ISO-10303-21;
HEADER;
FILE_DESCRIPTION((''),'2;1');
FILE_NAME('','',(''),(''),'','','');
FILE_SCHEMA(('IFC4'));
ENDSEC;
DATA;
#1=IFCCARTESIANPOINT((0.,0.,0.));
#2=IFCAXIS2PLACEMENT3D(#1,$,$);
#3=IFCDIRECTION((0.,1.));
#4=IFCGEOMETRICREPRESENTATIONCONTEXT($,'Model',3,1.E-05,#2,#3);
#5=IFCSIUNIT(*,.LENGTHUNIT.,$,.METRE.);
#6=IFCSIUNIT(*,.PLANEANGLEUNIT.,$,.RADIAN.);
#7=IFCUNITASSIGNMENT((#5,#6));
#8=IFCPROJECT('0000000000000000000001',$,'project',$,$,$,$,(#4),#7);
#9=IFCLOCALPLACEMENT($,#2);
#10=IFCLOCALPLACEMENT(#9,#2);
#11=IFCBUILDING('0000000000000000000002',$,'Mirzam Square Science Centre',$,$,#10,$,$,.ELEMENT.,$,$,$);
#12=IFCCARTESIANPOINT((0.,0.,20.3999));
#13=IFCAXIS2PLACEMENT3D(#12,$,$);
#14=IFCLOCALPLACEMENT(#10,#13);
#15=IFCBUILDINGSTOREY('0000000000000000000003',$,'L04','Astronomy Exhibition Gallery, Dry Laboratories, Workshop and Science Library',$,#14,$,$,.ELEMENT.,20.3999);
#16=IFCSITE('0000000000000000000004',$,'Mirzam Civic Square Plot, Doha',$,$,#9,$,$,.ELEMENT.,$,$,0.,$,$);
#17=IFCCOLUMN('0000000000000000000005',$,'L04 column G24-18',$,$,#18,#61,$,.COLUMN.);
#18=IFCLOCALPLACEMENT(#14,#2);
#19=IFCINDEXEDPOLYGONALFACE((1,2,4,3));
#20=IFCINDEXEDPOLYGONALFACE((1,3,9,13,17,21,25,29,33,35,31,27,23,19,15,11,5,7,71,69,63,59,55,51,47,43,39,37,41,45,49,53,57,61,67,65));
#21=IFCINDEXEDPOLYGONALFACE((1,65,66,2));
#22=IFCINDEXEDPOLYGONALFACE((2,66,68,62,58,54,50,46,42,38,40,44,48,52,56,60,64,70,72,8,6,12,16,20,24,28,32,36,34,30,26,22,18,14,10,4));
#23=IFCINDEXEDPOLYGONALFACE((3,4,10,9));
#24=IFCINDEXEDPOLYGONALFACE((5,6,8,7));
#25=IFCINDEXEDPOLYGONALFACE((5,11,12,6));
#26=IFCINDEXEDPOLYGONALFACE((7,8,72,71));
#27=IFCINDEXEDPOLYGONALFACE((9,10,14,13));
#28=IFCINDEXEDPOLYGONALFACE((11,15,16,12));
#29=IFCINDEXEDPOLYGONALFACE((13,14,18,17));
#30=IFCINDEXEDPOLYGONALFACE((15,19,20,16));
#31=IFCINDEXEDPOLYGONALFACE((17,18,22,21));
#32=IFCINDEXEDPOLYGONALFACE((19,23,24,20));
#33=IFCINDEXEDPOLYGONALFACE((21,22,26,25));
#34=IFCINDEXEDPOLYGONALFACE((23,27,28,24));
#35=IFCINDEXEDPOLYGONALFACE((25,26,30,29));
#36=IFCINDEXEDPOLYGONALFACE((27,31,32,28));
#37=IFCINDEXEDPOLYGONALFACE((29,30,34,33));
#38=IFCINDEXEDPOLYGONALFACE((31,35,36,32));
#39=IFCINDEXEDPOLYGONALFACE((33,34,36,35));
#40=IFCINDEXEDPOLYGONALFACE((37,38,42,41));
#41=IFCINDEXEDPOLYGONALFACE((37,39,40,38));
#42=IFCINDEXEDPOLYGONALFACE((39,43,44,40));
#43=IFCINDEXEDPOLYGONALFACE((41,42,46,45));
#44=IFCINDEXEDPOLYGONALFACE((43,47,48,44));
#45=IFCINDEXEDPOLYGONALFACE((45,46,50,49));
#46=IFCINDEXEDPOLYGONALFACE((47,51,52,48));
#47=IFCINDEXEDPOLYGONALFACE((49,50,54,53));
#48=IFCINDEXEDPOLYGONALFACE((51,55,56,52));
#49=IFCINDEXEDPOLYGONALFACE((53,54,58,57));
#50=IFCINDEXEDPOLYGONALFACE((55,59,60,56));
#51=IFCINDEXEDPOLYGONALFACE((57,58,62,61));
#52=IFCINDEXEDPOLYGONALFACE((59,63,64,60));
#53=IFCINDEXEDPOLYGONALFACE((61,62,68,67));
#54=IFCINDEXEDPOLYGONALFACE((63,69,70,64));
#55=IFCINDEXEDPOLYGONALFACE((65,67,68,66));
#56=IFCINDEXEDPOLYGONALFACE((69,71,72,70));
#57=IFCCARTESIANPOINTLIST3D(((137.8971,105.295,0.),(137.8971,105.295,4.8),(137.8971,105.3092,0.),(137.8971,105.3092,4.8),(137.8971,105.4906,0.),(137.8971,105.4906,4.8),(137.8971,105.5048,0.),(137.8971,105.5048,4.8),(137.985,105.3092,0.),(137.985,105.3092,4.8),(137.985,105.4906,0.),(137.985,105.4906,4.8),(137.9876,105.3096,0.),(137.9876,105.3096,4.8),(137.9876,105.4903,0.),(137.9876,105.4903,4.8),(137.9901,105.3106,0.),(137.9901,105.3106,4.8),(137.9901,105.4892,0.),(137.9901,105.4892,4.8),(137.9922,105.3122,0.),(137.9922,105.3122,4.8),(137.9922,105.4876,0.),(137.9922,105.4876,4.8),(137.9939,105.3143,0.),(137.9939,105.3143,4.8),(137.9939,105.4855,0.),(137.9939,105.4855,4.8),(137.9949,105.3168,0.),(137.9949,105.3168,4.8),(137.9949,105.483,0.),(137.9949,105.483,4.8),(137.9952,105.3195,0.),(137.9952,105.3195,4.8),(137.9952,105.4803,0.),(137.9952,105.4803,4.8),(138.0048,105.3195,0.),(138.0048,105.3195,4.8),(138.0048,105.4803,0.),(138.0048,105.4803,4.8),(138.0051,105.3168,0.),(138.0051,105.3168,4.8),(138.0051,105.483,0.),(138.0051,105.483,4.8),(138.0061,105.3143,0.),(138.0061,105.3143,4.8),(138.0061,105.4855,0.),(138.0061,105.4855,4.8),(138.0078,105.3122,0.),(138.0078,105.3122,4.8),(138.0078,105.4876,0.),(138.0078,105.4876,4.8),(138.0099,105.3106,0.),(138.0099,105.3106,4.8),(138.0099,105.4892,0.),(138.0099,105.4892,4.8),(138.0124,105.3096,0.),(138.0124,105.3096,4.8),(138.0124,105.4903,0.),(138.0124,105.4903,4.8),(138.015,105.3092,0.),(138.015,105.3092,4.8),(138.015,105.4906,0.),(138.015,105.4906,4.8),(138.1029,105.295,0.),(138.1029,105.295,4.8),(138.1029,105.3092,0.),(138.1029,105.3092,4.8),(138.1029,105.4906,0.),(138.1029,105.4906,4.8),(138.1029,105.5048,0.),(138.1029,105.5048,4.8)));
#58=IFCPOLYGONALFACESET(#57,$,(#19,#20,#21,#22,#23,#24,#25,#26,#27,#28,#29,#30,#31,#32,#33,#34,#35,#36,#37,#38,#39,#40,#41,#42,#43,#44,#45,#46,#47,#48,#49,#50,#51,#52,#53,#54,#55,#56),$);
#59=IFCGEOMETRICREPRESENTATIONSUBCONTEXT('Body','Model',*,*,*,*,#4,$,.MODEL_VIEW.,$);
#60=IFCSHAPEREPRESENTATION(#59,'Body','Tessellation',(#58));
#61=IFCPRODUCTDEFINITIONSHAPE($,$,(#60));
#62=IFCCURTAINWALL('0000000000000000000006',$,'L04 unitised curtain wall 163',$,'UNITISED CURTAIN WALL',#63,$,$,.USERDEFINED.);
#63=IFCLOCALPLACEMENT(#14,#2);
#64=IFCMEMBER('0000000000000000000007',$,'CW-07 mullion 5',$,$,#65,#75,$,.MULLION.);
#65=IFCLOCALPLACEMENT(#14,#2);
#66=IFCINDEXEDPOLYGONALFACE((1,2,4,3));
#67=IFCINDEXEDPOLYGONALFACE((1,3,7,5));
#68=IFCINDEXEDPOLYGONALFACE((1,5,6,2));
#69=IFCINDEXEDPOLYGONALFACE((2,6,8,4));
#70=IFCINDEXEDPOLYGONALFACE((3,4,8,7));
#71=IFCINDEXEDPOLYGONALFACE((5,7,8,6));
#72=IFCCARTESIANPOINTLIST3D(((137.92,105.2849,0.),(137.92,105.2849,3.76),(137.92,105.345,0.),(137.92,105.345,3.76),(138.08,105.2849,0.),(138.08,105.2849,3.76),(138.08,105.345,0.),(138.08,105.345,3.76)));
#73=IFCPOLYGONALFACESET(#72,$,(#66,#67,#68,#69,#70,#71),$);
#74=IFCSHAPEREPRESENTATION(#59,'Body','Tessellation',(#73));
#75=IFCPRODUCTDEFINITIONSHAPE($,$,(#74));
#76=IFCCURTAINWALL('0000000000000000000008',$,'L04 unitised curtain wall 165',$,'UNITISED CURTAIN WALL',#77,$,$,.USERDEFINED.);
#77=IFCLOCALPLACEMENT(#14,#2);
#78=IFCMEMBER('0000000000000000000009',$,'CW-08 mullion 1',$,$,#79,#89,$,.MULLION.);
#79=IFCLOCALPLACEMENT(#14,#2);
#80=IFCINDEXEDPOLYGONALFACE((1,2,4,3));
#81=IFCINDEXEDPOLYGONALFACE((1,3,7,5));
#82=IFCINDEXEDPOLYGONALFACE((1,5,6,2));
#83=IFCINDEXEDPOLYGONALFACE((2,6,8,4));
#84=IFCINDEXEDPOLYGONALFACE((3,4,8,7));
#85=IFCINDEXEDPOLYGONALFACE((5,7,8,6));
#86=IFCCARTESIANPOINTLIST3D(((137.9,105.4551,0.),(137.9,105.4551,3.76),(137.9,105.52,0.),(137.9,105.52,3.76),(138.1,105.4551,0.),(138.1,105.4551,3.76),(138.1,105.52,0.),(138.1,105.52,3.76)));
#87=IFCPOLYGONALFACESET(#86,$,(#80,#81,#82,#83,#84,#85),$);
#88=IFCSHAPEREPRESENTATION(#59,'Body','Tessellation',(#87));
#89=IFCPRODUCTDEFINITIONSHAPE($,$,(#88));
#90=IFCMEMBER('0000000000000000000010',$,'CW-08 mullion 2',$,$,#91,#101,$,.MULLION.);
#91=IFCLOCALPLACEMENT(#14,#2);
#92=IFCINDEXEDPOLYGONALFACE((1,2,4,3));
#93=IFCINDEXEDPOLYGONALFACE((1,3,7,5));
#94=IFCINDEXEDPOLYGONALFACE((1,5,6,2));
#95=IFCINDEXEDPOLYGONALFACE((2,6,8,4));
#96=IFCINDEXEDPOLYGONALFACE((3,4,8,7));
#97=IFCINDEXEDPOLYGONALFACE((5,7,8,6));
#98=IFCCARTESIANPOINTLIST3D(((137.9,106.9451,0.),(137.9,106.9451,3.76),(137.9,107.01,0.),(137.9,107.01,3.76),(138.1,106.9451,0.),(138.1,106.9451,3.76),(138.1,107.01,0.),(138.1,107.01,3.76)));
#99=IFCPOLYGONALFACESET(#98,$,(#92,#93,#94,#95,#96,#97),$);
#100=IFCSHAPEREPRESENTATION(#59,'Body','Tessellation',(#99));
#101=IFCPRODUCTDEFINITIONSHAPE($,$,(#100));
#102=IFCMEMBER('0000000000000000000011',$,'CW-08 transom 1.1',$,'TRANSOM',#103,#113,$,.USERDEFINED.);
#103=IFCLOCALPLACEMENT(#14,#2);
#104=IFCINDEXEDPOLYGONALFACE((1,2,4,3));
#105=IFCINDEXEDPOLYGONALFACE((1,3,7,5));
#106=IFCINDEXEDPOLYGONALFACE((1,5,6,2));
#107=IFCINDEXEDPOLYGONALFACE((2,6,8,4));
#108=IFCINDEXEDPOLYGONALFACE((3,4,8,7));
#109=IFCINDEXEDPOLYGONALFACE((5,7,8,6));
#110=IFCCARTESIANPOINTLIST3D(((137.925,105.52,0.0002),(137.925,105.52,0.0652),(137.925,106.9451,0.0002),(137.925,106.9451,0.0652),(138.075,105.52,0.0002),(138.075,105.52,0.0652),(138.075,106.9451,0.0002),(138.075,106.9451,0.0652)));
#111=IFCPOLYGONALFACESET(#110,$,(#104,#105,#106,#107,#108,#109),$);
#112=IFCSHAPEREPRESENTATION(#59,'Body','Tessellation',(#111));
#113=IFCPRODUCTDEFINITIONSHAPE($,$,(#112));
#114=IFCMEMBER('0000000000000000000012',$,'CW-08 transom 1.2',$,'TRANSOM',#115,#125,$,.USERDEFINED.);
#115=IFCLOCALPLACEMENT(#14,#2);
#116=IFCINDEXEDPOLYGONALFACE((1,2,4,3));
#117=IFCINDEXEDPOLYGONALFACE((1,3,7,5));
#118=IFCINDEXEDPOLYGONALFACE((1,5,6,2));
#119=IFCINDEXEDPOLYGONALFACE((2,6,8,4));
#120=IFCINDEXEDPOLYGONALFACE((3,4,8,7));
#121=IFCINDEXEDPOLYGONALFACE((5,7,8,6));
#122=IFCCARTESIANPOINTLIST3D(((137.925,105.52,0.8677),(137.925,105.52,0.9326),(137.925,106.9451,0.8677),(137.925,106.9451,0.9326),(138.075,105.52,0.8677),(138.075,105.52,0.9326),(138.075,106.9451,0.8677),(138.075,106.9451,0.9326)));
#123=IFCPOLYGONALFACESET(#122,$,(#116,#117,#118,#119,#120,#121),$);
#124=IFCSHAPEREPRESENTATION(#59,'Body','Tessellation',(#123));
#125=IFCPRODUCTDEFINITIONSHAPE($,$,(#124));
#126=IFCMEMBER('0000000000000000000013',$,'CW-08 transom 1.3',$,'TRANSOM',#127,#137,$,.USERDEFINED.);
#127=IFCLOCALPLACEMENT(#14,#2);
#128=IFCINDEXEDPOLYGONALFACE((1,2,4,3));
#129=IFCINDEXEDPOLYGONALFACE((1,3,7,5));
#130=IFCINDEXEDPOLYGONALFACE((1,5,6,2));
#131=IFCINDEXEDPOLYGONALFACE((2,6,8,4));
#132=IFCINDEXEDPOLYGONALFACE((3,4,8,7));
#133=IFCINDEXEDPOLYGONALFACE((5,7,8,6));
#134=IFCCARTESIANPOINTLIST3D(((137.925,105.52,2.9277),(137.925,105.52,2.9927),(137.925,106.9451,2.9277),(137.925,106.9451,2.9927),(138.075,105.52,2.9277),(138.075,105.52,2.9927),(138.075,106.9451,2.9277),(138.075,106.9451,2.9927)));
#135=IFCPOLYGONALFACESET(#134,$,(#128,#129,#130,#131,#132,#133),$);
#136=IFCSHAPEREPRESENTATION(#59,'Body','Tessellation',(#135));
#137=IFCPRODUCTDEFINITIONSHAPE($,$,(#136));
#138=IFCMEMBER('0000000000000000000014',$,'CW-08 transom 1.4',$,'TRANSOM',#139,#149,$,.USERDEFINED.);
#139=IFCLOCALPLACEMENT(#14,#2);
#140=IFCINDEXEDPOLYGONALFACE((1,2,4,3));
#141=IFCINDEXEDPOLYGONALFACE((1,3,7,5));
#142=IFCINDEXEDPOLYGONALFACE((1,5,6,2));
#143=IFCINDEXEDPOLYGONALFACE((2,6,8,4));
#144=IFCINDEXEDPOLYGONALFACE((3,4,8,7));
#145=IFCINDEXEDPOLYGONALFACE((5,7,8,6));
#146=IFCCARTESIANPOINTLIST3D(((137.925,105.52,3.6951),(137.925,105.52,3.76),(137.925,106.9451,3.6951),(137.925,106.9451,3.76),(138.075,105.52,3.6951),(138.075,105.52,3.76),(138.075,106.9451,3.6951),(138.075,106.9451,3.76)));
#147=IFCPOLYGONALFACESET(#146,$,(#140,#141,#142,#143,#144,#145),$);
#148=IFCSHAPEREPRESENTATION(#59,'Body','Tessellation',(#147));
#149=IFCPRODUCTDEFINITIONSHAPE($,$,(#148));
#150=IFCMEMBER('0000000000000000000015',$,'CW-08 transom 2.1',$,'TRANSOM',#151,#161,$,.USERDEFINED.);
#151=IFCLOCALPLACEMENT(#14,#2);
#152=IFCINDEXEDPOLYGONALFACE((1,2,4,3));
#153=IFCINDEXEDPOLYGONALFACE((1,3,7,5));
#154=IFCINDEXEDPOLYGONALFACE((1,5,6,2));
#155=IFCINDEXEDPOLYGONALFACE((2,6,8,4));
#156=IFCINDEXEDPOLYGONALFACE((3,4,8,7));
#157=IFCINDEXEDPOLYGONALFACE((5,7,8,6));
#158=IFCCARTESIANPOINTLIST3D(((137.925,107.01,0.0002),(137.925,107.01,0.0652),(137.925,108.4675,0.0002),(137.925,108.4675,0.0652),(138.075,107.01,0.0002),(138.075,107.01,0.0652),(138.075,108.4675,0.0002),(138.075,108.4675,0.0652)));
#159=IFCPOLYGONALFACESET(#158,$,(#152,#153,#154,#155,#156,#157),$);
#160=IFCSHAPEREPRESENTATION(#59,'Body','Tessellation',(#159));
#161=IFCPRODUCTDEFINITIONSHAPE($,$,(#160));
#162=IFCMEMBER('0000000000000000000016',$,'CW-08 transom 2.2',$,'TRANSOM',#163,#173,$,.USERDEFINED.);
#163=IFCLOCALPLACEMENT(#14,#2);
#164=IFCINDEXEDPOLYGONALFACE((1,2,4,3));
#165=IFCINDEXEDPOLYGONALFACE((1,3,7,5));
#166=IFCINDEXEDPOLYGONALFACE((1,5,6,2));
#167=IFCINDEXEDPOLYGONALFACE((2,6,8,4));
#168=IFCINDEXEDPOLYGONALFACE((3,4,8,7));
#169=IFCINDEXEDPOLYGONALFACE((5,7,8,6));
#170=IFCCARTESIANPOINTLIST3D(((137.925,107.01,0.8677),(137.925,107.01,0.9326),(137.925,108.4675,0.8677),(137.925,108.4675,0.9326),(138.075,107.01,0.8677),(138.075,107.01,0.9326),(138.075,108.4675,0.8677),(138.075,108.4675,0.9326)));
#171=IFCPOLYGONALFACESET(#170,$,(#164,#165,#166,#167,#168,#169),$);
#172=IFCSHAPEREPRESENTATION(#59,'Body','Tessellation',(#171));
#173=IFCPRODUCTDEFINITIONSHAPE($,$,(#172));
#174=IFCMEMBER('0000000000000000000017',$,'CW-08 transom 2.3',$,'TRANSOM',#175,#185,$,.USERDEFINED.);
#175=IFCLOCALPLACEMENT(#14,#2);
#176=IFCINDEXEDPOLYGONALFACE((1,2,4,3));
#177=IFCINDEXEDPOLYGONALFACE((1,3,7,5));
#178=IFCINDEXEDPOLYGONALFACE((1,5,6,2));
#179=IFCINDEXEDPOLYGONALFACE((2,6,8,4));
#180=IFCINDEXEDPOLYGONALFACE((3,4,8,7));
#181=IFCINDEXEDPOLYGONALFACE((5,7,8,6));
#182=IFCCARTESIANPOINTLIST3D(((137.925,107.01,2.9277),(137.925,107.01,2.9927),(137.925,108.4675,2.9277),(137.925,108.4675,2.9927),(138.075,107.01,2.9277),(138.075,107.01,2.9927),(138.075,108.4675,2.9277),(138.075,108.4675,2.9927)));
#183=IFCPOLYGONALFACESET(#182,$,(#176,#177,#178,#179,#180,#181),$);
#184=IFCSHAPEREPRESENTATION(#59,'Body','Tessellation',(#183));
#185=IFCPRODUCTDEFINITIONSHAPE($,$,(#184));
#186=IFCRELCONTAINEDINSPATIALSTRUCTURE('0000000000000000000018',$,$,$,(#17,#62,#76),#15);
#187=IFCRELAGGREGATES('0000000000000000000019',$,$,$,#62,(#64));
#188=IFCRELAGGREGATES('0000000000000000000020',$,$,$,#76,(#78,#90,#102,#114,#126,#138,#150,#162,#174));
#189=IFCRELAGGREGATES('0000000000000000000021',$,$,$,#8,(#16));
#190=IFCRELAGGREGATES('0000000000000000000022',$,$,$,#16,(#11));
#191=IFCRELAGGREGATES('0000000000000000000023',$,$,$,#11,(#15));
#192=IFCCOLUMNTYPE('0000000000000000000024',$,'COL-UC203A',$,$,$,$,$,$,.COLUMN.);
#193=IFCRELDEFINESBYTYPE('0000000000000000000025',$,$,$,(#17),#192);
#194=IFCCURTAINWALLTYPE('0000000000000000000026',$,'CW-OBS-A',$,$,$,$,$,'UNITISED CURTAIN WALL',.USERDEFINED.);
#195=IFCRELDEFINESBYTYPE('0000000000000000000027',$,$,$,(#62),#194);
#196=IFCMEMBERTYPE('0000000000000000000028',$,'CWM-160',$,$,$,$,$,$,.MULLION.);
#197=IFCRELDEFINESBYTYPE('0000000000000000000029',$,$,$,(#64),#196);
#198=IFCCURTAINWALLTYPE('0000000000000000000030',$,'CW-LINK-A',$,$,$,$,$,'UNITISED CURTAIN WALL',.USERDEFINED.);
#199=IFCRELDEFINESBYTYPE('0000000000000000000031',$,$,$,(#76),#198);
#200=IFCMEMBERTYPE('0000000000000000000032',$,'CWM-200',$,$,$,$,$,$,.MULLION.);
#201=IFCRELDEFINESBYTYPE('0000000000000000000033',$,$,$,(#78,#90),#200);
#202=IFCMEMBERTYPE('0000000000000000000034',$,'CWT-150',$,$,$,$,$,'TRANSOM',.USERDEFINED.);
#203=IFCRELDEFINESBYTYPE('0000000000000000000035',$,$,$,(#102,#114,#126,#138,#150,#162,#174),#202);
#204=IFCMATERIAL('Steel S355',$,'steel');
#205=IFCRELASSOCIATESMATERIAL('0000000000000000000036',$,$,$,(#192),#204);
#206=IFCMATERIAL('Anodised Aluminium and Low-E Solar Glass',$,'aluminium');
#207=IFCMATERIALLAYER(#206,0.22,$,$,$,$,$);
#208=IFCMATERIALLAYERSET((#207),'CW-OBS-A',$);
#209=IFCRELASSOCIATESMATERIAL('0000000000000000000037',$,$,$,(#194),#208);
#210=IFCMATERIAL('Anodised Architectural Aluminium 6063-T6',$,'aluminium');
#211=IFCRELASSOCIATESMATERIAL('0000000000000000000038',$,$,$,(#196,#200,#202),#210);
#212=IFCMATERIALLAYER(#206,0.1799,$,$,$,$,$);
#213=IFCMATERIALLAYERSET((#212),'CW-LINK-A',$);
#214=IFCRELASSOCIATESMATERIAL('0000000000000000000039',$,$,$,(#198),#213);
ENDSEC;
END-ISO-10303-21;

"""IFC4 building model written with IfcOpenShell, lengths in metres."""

from ifc_helpers import new_model, si_unit, direction, frame, origin, origin_2d, place, context, subcontext, project, spatial, rectangle, i_section, extrude, material, layer, layer_set, material_profile, profile_set, type_object, element, aggregate, save


model = new_model("IFC4")

# Units and contexts
model_context = context("Model", 3, precision=1e-05, world=origin(), true_north=direction((0.0, 1.0)))
body_context = subcontext(model_context, "Body", "Model", "MODEL_VIEW")
ifc_project = project(units=[si_unit("LENGTHUNIT", "METRE"), si_unit("PLANEANGLEUNIT", "RADIAN")], contexts=[model_context])

# Site, building, storey
site_placement = place(None, origin())
site = spatial("IfcSite", under=ifc_project, at=site_placement, Name="Mirzam Civic Square Plot, Doha", CompositionType="ELEMENT", RefElevation=0.0)
building_placement = place(site_placement, origin())
building = spatial("IfcBuilding", under=site, at=building_placement, Name="Mirzam Square Science Centre", CompositionType="ELEMENT")
storey_placement = place(building_placement, frame((0.0, 0.0, 20.3999)))
storey = spatial("IfcBuildingStorey", under=building, at=storey_placement, Name="L04", Description="Astronomy Exhibition Gallery, Dry Laboratories, Workshop and Science Library", CompositionType="ELEMENT", Elevation=20.3999)

# Column
ifc_material_1 = material(Name="Steel S355", Category="steel")
ifc_material_profile_1 = material_profile(ifc_material_1, i_section(OverallWidth=0.2058, OverallDepth=0.2097, WebThickness=0.0095, FlangeThickness=0.0142, FilletRadius=0.0103, at=origin_2d()), Name="203x203x60UC")
ifc_profile_set_1 = profile_set([ifc_material_profile_1], Name="Steel S355")
column_type = type_object("IfcColumnType", Name="COL-UC203A", PredefinedType="COLUMN", material=ifc_profile_set_1)
column_placement = place(storey_placement, frame((138.0, 105.3999, 0.0), z_axis=(0.0, 0.0, 1.0), x_axis=(1.0, 0.0, 0.0)))
element("IfcColumn", 1, at=column_placement, inside=storey, type_object=column_type, Name="L04 column G24-18", PredefinedType="COLUMN", context=body_context, shape_type="SweptSolid", body=[
    extrude(i_section(OverallWidth=0.2058, OverallDepth=0.2097, WebThickness=0.0095, FlangeThickness=0.0142, FilletRadius=0.0103, at=origin_2d()), origin(), (0.0, 0.0, 1.0), 4.8),
])

# Curtain wall, member
ifc_material_2 = material(Name="Anodised Aluminium and Low-E Solar Glass", Category="aluminium")
ifc_layer_1 = layer(ifc_material_2, 0.22)
ifc_layer_set_1 = layer_set([ifc_layer_1], Name="CW-OBS-A")
curtain_wall_type_1 = type_object("IfcCurtainWallType", Name="CW-OBS-A", ElementType="UNITISED CURTAIN WALL", PredefinedType="USERDEFINED", material=ifc_layer_set_1)
curtain_wall_1_placement = place(storey_placement, origin())
curtain_wall_1 = element("IfcCurtainWall", 2, at=curtain_wall_1_placement, inside=storey, type_object=curtain_wall_type_1, Name="L04 unitised curtain wall 163", ObjectType="UNITISED CURTAIN WALL", PredefinedType="USERDEFINED")
ifc_material_3 = material(Name="Anodised Architectural Aluminium 6063-T6", Category="aluminium")
ifc_material_profile_2 = material_profile(ifc_material_3, rectangle(XDim=0.0601, YDim=0.1599, at=origin_2d()), Name="ALU-MULL-160x60x4")
ifc_profile_set_2 = profile_set([ifc_material_profile_2], Name="Anodised Architectural Aluminium 6063-T6")
member_type_1 = type_object("IfcMemberType", Name="CWM-160", PredefinedType="MULLION", material=ifc_profile_set_2)
member_1_placement = place(storey_placement, frame((138.0, 105.3149, 0.0), z_axis=(0.0, 0.0, 1.0), x_axis=(0.0, 1.0, 0.0)))
member_1 = element("IfcMember", 3, at=member_1_placement, type_object=member_type_1, Name="CW-07 mullion 5", PredefinedType="MULLION", context=body_context, shape_type="SweptSolid", body=[
    extrude(rectangle(XDim=0.0601, YDim=0.1599, at=origin_2d()), origin(), (0.0, 0.0, 1.0), 3.76),
])

# Curtain wall, members
ifc_layer_2 = layer(ifc_material_2, 0.1799)
ifc_layer_set_2 = layer_set([ifc_layer_2], Name="CW-LINK-A")
curtain_wall_type_2 = type_object("IfcCurtainWallType", Name="CW-LINK-A", ElementType="UNITISED CURTAIN WALL", PredefinedType="USERDEFINED", material=ifc_layer_set_2)
curtain_wall_2_placement = place(storey_placement, origin())
curtain_wall_2 = element("IfcCurtainWall", 4, at=curtain_wall_2_placement, inside=storey, type_object=curtain_wall_type_2, Name="L04 unitised curtain wall 165", ObjectType="UNITISED CURTAIN WALL", PredefinedType="USERDEFINED")
ifc_material_profile_3 = material_profile(ifc_material_3, rectangle(XDim=0.0649, YDim=0.2, at=origin_2d()), Name="ALU-MULL-200x65x5")
ifc_profile_set_3 = profile_set([ifc_material_profile_3], Name="Anodised Architectural Aluminium 6063-T6")
member_type_2 = type_object("IfcMemberType", Name="CWM-200", PredefinedType="MULLION", material=ifc_profile_set_3)
member_2_placement = place(storey_placement, frame((138.0, 105.4875, 0.0), z_axis=(0.0, 0.0, 1.0), x_axis=(0.0, 1.0, 0.0)))
member_2 = element("IfcMember", 5, at=member_2_placement, type_object=member_type_2, Name="CW-08 mullion 1", PredefinedType="MULLION", context=body_context, shape_type="SweptSolid", body=[
    extrude(rectangle(XDim=0.0649, YDim=0.2, at=origin_2d()), origin(), (0.0, 0.0, 1.0), 3.76),
])
member_3_placement = place(storey_placement, frame((138.0, 106.9775, 0.0), z_axis=(0.0, 0.0, 1.0), x_axis=(0.0, 1.0, 0.0)))
member_3 = element("IfcMember", 6, at=member_3_placement, type_object=member_type_2, Name="CW-08 mullion 2", PredefinedType="MULLION", context=body_context, shape_type="SweptSolid", body=[
    extrude(rectangle(XDim=0.0649, YDim=0.2, at=origin_2d()), origin(), (0.0, 0.0, 1.0), 3.76),
])
ifc_material_profile_4 = material_profile(ifc_material_3, rectangle(XDim=0.1499, YDim=0.0649, at=origin_2d()), Name="ALU-TRAN-150x65x4")
ifc_profile_set_4 = profile_set([ifc_material_profile_4], Name="Anodised Architectural Aluminium 6063-T6")
member_type_3 = type_object("IfcMemberType", Name="CWT-150", ElementType="TRANSOM", PredefinedType="USERDEFINED", material=ifc_profile_set_4)
member_4_placement = place(storey_placement, frame((138.0, 105.52, 0.0327), z_axis=(0.0, 1.0, 0.0), x_axis=(-1.0, 0.0, 0.0)))
member_4 = element("IfcMember", 7, at=member_4_placement, type_object=member_type_3, Name="CW-08 transom 1.1", ObjectType="TRANSOM", PredefinedType="USERDEFINED", context=body_context, shape_type="SweptSolid", body=[
    extrude(rectangle(XDim=0.1499, YDim=0.0649, at=origin_2d()), origin(), (0.0, 0.0, 1.0), 1.425),
])
member_5_placement = place(storey_placement, frame((138.0, 105.52, 0.9001), z_axis=(0.0, 1.0, 0.0), x_axis=(-1.0, 0.0, 0.0)))
member_5 = element("IfcMember", 8, at=member_5_placement, type_object=member_type_3, Name="CW-08 transom 1.2", ObjectType="TRANSOM", PredefinedType="USERDEFINED", context=body_context, shape_type="SweptSolid", body=[
    extrude(rectangle(XDim=0.1499, YDim=0.0649, at=origin_2d()), origin(), (0.0, 0.0, 1.0), 1.425),
])
member_6_placement = place(storey_placement, frame((138.0, 105.52, 2.9602), z_axis=(0.0, 1.0, 0.0), x_axis=(-1.0, 0.0, 0.0)))
member_6 = element("IfcMember", 9, at=member_6_placement, type_object=member_type_3, Name="CW-08 transom 1.3", ObjectType="TRANSOM", PredefinedType="USERDEFINED", context=body_context, shape_type="SweptSolid", body=[
    extrude(rectangle(XDim=0.1499, YDim=0.0649, at=origin_2d()), origin(), (0.0, 0.0, 1.0), 1.425),
])
member_7_placement = place(storey_placement, frame((138.0, 105.52, 3.7275), z_axis=(0.0, 1.0, 0.0), x_axis=(-1.0, 0.0, 0.0)))
member_7 = element("IfcMember", 10, at=member_7_placement, type_object=member_type_3, Name="CW-08 transom 1.4", ObjectType="TRANSOM", PredefinedType="USERDEFINED", context=body_context, shape_type="SweptSolid", body=[
    extrude(rectangle(XDim=0.1499, YDim=0.0649, at=origin_2d()), origin(), (0.0, 0.0, 1.0), 1.425),
])
member_8_placement = place(storey_placement, frame((138.0, 107.01, 0.0327), z_axis=(0.0, 1.0, 0.0), x_axis=(-1.0, 0.0, 0.0)))
member_8 = element("IfcMember", 11, at=member_8_placement, type_object=member_type_3, Name="CW-08 transom 2.1", ObjectType="TRANSOM", PredefinedType="USERDEFINED", context=body_context, shape_type="SweptSolid", body=[
    extrude(rectangle(XDim=0.1499, YDim=0.0649, at=origin_2d()), origin(), (0.0, 0.0, 1.0), 1.4575),
])
member_9_placement = place(storey_placement, frame((138.0, 107.01, 0.9001), z_axis=(0.0, 1.0, 0.0), x_axis=(-1.0, 0.0, 0.0)))
member_9 = element("IfcMember", 12, at=member_9_placement, type_object=member_type_3, Name="CW-08 transom 2.2", ObjectType="TRANSOM", PredefinedType="USERDEFINED", context=body_context, shape_type="SweptSolid", body=[
    extrude(rectangle(XDim=0.1499, YDim=0.0649, at=origin_2d()), origin(), (0.0, 0.0, 1.0), 1.4575),
])
member_10_placement = place(storey_placement, frame((138.0, 107.01, 2.9602), z_axis=(0.0, 1.0, 0.0), x_axis=(-1.0, 0.0, 0.0)))
member_10 = element("IfcMember", 13, at=member_10_placement, type_object=member_type_3, Name="CW-08 transom 2.3", ObjectType="TRANSOM", PredefinedType="USERDEFINED", context=body_context, shape_type="SweptSolid", body=[
    extrude(rectangle(XDim=0.1499, YDim=0.0649, at=origin_2d()), origin(), (0.0, 0.0, 1.0), 1.4575),
])

aggregate(curtain_wall_1, [member_1])
aggregate(curtain_wall_2, [member_2, member_3, member_4, member_5, member_6, member_7, member_8, member_9, member_10])

save(model, "model.ifc")
